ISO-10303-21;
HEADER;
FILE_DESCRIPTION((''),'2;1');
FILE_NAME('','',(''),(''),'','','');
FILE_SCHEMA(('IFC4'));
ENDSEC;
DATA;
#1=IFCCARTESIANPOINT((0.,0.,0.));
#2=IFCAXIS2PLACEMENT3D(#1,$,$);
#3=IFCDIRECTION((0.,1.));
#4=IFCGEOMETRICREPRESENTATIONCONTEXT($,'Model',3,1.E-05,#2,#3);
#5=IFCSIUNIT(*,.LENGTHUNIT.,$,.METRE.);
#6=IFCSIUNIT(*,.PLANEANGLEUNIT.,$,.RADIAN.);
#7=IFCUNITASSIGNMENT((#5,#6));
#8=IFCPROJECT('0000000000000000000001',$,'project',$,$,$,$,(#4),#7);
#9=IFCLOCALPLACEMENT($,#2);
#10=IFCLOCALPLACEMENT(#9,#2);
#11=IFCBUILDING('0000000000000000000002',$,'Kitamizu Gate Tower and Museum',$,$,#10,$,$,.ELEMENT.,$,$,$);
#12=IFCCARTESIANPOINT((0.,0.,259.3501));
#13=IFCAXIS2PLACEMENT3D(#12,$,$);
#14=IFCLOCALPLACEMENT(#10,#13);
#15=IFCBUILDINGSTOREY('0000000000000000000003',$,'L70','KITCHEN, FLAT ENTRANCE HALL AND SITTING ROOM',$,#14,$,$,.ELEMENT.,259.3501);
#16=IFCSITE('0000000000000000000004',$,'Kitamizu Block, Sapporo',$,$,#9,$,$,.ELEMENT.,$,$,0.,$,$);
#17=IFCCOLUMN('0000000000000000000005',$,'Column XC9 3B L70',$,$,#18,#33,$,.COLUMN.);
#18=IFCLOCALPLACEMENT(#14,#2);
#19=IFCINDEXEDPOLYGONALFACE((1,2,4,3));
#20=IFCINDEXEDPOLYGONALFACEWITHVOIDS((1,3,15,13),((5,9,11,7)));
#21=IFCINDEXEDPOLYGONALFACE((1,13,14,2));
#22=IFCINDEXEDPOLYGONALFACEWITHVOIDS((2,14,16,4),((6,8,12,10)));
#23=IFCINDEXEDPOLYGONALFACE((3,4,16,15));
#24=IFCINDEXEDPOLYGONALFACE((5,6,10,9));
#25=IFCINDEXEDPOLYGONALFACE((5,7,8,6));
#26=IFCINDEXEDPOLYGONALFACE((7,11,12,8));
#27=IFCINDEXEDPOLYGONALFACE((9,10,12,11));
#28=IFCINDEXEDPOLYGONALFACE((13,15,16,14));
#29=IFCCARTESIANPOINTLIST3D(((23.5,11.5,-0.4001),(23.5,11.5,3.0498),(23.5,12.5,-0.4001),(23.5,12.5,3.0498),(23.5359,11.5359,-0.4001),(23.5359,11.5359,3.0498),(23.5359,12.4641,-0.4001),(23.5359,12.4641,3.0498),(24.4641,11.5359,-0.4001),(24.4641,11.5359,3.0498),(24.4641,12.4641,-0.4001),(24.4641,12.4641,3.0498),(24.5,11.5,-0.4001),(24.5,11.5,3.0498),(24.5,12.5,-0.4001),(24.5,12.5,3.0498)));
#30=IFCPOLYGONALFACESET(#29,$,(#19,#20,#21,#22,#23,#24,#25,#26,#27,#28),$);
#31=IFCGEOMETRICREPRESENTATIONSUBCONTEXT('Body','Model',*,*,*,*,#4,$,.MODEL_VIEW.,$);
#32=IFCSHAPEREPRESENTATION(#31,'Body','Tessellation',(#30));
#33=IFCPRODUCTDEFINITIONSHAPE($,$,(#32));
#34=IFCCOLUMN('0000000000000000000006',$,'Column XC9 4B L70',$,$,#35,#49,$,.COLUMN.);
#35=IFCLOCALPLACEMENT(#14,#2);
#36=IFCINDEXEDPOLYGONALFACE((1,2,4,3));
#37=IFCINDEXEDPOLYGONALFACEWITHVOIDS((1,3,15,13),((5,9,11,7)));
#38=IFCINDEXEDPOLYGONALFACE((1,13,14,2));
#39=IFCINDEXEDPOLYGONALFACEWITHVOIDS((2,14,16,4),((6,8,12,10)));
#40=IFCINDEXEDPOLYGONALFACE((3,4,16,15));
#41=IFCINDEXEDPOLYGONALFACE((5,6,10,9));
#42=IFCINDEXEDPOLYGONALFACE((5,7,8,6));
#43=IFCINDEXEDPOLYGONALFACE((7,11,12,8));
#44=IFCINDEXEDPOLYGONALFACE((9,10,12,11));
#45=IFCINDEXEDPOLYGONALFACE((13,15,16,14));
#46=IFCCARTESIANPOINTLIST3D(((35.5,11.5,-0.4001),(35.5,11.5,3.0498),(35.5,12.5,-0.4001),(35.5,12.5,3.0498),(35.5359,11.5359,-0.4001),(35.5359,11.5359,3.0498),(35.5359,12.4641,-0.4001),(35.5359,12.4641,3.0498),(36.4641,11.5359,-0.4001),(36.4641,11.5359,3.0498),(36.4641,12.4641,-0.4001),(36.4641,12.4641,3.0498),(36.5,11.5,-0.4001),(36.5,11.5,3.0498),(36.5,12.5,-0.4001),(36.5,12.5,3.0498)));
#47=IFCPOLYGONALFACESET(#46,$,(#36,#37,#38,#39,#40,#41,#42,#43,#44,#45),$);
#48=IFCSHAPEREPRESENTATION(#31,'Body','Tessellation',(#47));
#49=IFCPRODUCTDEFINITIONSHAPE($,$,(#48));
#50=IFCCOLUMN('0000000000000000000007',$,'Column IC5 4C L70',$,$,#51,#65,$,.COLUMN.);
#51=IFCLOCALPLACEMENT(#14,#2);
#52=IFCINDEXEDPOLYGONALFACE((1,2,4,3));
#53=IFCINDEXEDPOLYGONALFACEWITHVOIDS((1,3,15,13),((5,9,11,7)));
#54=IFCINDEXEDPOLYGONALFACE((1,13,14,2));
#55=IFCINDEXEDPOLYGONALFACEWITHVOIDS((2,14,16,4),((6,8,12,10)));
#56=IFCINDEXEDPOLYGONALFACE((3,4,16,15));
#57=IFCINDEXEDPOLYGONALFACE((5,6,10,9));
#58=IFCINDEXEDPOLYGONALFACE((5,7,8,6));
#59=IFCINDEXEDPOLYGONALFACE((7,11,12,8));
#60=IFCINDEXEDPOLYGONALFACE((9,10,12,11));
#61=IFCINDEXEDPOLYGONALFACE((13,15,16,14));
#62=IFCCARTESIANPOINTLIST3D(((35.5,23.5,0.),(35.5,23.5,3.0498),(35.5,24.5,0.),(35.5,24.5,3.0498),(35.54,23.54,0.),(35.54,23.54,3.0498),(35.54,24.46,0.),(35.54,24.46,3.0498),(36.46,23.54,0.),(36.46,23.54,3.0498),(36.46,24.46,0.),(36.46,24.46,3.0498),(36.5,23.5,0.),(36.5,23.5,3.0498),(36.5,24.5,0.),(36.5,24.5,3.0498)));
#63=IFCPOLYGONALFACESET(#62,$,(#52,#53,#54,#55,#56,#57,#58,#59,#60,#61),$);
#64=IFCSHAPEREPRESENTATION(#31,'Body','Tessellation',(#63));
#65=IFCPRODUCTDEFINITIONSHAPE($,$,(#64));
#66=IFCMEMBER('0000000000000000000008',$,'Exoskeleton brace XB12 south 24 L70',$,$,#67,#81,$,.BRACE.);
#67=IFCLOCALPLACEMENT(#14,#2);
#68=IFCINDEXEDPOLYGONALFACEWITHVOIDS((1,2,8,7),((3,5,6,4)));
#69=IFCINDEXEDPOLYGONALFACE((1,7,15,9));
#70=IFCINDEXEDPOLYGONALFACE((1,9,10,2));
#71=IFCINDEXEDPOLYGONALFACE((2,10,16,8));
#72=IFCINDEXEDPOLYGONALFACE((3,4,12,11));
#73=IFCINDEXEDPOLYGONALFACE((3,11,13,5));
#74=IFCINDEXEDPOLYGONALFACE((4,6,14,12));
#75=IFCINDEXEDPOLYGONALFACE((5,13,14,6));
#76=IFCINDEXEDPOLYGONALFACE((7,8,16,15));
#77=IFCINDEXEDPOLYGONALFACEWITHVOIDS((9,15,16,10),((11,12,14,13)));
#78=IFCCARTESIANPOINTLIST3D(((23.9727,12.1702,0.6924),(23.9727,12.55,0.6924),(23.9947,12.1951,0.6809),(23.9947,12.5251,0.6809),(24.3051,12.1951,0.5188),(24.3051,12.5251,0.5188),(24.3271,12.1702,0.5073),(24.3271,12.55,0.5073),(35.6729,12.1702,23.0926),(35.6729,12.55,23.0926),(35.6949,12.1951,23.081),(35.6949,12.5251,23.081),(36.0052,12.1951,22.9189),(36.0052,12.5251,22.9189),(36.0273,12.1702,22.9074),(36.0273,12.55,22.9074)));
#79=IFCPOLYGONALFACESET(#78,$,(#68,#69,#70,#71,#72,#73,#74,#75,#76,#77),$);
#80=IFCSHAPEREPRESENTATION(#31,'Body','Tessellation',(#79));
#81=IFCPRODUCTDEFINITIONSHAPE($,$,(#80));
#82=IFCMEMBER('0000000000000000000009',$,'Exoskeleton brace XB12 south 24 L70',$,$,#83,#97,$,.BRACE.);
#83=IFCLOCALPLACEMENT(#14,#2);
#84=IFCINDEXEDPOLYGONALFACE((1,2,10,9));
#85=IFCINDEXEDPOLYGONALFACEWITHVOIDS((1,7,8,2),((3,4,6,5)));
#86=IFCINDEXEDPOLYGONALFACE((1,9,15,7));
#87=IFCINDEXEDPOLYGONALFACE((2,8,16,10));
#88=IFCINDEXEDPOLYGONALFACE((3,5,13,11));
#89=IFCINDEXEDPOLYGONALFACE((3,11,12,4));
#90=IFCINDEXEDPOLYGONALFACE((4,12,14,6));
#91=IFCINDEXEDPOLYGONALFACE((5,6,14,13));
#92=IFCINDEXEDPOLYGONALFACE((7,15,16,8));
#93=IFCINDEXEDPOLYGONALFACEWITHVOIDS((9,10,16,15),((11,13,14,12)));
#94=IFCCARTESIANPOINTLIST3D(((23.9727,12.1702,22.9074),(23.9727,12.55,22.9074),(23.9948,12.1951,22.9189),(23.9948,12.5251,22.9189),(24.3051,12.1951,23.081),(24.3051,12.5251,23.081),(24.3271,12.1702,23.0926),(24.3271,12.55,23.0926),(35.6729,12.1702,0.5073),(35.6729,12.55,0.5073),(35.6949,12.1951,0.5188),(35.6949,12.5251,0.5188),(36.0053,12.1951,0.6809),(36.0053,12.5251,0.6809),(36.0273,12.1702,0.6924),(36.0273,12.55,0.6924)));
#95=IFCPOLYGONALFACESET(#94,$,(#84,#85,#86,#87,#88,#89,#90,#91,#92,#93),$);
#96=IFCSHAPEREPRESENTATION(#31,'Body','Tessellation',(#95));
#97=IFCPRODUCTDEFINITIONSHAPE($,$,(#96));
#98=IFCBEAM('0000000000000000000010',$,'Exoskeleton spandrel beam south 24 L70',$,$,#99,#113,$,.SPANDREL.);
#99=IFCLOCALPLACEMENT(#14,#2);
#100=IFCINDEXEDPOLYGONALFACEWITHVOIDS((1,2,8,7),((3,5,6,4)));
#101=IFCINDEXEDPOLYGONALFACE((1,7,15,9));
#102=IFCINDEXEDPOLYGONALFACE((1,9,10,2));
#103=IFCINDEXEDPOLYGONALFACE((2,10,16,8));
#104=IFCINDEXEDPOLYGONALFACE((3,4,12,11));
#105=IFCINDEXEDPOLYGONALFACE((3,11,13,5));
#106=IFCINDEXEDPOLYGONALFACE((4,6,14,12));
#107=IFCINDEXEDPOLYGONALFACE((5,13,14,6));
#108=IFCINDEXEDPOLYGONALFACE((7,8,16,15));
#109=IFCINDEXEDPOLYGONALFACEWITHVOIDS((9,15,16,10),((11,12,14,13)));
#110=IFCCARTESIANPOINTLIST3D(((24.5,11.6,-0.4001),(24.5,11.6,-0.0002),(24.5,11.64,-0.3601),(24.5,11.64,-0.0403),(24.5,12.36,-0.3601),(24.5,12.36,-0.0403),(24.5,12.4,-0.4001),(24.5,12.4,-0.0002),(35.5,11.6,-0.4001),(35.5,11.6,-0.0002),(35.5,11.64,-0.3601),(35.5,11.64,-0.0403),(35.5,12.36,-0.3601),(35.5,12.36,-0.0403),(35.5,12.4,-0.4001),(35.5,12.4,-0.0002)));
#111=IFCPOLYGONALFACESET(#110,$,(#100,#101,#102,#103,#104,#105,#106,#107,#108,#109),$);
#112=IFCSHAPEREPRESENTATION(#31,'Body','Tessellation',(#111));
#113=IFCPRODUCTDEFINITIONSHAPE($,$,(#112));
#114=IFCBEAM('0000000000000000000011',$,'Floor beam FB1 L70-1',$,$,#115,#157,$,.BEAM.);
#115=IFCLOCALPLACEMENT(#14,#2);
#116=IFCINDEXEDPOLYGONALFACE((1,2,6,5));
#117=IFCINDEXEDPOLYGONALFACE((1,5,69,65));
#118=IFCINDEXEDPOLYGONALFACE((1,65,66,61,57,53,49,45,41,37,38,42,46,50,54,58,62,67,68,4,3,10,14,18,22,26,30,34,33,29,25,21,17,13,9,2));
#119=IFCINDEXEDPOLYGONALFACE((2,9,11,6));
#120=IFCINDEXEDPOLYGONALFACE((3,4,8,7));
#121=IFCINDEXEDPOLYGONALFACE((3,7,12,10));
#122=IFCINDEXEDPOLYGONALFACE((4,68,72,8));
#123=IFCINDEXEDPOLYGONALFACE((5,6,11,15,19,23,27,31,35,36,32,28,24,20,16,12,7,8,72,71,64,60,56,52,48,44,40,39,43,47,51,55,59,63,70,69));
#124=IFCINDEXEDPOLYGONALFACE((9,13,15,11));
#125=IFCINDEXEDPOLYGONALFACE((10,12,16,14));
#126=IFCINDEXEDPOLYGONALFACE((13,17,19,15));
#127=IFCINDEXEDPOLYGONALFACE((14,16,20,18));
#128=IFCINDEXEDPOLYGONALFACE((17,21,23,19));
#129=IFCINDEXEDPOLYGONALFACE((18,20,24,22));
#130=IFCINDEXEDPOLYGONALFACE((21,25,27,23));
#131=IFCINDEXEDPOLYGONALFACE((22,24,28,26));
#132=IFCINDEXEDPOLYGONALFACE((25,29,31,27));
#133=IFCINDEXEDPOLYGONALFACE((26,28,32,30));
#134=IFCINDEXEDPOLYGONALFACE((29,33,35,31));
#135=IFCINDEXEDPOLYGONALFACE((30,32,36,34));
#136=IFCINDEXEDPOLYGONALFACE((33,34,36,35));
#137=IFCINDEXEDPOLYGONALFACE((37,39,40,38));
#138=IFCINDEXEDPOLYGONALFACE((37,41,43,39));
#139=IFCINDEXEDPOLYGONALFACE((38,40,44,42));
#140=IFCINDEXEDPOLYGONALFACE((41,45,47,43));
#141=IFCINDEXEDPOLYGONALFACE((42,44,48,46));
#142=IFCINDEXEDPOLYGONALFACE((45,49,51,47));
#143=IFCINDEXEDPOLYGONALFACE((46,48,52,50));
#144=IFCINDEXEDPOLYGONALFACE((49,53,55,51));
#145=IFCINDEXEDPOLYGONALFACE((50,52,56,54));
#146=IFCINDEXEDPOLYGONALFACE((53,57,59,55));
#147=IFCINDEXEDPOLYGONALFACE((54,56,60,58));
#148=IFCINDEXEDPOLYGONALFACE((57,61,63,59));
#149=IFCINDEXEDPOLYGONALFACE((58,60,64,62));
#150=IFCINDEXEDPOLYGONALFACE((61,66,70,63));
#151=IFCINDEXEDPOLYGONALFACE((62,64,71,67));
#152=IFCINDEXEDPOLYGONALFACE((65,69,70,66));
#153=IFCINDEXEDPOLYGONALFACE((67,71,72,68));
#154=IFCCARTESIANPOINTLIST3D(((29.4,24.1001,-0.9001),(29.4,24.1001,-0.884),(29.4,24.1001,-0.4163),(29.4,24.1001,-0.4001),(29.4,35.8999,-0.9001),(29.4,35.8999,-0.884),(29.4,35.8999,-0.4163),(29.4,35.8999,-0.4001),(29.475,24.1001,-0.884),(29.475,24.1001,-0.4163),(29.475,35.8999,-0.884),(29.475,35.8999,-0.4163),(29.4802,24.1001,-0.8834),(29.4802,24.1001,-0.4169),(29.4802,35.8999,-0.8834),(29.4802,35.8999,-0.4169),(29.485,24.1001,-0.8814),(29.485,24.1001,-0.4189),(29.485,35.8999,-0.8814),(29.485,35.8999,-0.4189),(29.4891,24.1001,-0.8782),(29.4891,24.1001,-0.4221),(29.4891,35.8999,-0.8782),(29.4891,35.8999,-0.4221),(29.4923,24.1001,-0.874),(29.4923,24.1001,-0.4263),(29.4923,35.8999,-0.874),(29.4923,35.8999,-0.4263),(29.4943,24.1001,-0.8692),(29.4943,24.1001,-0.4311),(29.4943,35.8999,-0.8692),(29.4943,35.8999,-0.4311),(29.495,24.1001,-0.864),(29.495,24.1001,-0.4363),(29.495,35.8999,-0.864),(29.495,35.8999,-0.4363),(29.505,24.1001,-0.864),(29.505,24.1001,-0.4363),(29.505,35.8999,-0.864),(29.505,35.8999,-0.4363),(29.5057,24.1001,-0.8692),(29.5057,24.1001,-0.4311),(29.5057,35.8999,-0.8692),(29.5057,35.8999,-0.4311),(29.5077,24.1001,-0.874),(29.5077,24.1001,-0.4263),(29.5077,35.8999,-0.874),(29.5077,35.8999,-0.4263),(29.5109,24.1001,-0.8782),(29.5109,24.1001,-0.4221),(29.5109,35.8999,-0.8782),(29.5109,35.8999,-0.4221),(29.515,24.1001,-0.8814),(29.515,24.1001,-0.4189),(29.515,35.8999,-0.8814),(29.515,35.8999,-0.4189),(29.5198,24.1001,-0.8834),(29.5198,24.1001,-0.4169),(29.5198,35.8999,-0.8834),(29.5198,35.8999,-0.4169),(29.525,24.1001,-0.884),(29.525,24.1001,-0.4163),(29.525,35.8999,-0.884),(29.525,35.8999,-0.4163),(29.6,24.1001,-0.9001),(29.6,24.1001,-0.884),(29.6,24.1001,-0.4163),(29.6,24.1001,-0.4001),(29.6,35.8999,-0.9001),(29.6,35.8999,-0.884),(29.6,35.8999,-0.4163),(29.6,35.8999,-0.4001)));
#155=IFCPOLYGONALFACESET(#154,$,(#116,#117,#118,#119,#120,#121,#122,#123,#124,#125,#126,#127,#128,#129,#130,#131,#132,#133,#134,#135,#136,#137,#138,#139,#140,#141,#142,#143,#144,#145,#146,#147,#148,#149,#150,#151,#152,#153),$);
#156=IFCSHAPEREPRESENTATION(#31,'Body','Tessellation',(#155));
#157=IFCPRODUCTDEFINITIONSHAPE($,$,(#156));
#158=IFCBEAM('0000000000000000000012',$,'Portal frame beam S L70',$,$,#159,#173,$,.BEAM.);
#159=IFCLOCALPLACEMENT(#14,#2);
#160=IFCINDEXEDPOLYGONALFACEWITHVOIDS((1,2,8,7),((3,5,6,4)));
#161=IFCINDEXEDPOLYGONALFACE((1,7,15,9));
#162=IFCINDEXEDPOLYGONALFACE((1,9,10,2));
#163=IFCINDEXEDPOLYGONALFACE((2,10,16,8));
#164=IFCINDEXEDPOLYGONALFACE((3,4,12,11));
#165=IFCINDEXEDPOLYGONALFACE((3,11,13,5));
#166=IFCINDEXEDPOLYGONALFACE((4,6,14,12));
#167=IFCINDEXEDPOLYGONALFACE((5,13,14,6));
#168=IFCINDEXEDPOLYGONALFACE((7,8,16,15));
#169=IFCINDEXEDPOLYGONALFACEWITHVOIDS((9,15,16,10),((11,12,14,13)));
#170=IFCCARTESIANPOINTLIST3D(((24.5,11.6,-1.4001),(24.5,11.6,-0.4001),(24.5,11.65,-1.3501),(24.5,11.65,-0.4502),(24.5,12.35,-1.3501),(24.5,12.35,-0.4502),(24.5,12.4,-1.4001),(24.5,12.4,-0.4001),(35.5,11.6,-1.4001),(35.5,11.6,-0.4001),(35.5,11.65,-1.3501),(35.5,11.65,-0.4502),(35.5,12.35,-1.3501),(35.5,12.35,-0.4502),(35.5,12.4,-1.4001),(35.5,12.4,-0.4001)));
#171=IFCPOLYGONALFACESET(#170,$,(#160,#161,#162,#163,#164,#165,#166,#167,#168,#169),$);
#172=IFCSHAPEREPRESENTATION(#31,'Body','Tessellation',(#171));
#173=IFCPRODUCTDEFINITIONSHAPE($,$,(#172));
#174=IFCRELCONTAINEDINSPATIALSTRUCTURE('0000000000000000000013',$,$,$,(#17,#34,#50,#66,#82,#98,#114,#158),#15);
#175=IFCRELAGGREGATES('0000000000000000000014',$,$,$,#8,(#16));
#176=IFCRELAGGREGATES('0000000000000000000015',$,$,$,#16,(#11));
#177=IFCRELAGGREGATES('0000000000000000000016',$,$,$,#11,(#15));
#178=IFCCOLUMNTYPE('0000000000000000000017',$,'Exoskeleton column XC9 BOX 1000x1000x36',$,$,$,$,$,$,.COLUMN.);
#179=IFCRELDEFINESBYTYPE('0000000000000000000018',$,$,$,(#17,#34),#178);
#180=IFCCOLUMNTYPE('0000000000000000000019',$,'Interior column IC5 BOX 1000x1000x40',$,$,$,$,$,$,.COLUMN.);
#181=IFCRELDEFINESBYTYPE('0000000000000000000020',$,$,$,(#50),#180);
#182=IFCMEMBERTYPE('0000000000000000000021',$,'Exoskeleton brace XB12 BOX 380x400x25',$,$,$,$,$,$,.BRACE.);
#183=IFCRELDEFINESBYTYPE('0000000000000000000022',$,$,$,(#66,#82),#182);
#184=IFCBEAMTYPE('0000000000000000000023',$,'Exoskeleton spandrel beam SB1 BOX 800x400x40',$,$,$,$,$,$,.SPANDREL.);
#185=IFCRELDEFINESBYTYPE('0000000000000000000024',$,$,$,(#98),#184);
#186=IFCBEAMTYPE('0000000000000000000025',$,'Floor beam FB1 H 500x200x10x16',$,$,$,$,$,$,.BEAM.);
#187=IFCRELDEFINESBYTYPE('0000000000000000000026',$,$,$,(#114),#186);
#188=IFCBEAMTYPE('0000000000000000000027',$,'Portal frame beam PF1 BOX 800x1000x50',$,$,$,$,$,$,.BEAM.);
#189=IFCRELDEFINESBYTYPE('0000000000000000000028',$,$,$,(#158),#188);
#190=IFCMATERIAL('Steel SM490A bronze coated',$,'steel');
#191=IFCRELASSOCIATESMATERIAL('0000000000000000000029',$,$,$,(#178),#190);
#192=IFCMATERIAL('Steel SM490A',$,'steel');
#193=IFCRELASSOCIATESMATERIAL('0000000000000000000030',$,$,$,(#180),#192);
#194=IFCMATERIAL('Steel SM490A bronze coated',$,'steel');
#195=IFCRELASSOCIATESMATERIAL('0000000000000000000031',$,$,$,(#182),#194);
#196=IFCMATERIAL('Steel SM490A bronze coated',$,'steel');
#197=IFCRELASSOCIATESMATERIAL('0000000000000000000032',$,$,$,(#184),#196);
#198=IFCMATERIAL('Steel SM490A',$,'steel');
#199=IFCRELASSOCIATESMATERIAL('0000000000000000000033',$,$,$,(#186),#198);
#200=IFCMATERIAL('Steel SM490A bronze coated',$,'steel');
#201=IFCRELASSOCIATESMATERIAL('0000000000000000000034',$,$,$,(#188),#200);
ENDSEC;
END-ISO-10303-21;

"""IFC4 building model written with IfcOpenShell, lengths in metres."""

from ifc_helpers import new_model, si_unit, direction, frame, origin, origin_2d, place, context, subcontext, project, spatial, hollow_rectangle, i_section, extrude, material, material_profile, profile_set, type_object, element, save


model = new_model("IFC4")

# Units and contexts
model_context = context("Model", 3, precision=1e-05, world=origin(), true_north=direction((0.0, 1.0)))
body_context = subcontext(model_context, "Body", "Model", "MODEL_VIEW")
ifc_project = project(units=[si_unit("LENGTHUNIT", "METRE"), si_unit("PLANEANGLEUNIT", "RADIAN")], contexts=[model_context])

# Site, building, storey
site_placement = place(None, origin())
site = spatial("IfcSite", under=ifc_project, at=site_placement, Name="Kitamizu Block, Sapporo", CompositionType="ELEMENT", RefElevation=0.0)
building_placement = place(site_placement, origin())
building = spatial("IfcBuilding", under=site, at=building_placement, Name="Kitamizu Gate Tower and Museum", CompositionType="ELEMENT")
storey_placement = place(building_placement, frame((0.0, 0.0, 259.3501)))
storey = spatial("IfcBuildingStorey", under=building, at=storey_placement, Name="L70", Description="KITCHEN, FLAT ENTRANCE HALL AND SITTING ROOM", CompositionType="ELEMENT", Elevation=259.3501)

# Columns
ifc_material_1 = material(Name="Steel SM490A bronze coated", Category="steel")
ifc_material_profile_1 = material_profile(ifc_material_1, hollow_rectangle(XDim=1.0, YDim=1.0, WallThickness=0.0359, at=origin_2d()), Name="BOX 1000x1000x36")
ifc_profile_set_1 = profile_set([ifc_material_profile_1], Name="Steel SM490A bronze coated")
column_type_1 = type_object("IfcColumnType", Name="Exoskeleton column XC9 BOX 1000x1000x36", PredefinedType="COLUMN", material=ifc_profile_set_1)
for number, where, z_axis, x_axis, name in (
    (1, (24.0, 12.0, -0.4001), (0.0, 0.0, 1.0), (1.0, 0.0, 0.0), "Column XC9 3B L70"),
    (2, (36.0, 12.0, -0.4001), (0.0, 0.0, 1.0), (1.0, 0.0, 0.0), "Column XC9 4B L70"),
):
    element("IfcColumn", number, at=place(storey_placement, frame(where, z_axis=z_axis, x_axis=x_axis)), inside=storey, type_object=column_type_1, Name=name, PredefinedType="COLUMN", context=body_context, shape_type="SweptSolid", body=[
        extrude(hollow_rectangle(XDim=1.0, YDim=1.0, WallThickness=0.0359, at=origin_2d()), origin(), (0.0, 0.0, 1.0), 3.45),
    ])
ifc_material_2 = material(Name="Steel SM490A", Category="steel")
ifc_material_profile_2 = material_profile(ifc_material_2, hollow_rectangle(XDim=1.0, YDim=1.0, WallThickness=0.04, at=origin_2d()), Name="BOX 1000x1000x40")
ifc_profile_set_2 = profile_set([ifc_material_profile_2], Name="Steel SM490A")
column_type_2 = type_object("IfcColumnType", Name="Interior column IC5 BOX 1000x1000x40", PredefinedType="COLUMN", material=ifc_profile_set_2)
column_placement = place(storey_placement, frame((36.0, 24.0, 0.0), z_axis=(0.0, 0.0, 1.0), x_axis=(1.0, 0.0, 0.0)))
element("IfcColumn", 3, at=column_placement, inside=storey, type_object=column_type_2, Name="Column IC5 4C L70", PredefinedType="COLUMN", context=body_context, shape_type="SweptSolid", body=[
    extrude(hollow_rectangle(XDim=1.0, YDim=1.0, WallThickness=0.04, at=origin_2d()), origin(), (0.0, 0.0, 1.0), 3.0498),
])

# Members
ifc_material_3 = material(Name="Steel SM490A bronze coated", Category="steel")
ifc_material_profile_3 = material_profile(ifc_material_3, hollow_rectangle(XDim=0.3799, YDim=0.3999, WallThickness=0.0249, at=origin_2d()), Name="BOX 380x400x25")
ifc_profile_set_3 = profile_set([ifc_material_profile_3], Name="Steel SM490A bronze coated")
member_type = type_object("IfcMemberType", Name="Exoskeleton brace XB12 BOX 380x400x25", PredefinedType="BRACE", material=ifc_profile_set_3)
for number, where, z_axis, x_axis, name in (
    (4, (24.1499, 12.3601, 0.5999), (0.462975, 0.0, 0.886371), (0.0, 1.0, 0.0), "Exoskeleton brace XB12 south 24 L70"),
    (5, (35.8501, 12.3601, 0.5999), (-0.462975, 0.0, 0.886371), (0.0, -1.0, 0.0), "Exoskeleton brace XB12 south 24 L70"),
):
    element("IfcMember", number, at=place(storey_placement, frame(where, z_axis=z_axis, x_axis=x_axis)), inside=storey, type_object=member_type, Name=name, PredefinedType="BRACE", context=body_context, shape_type="SweptSolid", body=[
        extrude(hollow_rectangle(XDim=0.3799, YDim=0.3999, WallThickness=0.0249, at=origin_2d()), origin(), (0.0, 0.0, 1.0), 25.2717),
    ])

# Beams
ifc_material_4 = material(Name="Steel SM490A bronze coated", Category="steel")
ifc_material_profile_4 = material_profile(ifc_material_4, hollow_rectangle(XDim=0.8, YDim=0.3999, WallThickness=0.04, at=origin_2d()), Name="BOX 800x400x40")
ifc_profile_set_4 = profile_set([ifc_material_profile_4], Name="Steel SM490A bronze coated")
beam_type_1 = type_object("IfcBeamType", Name="Exoskeleton spandrel beam SB1 BOX 800x400x40", PredefinedType="SPANDREL", material=ifc_profile_set_4)
beam_1_placement = place(storey_placement, frame((24.5, 12.0, -0.2002), z_axis=(1.0, 0.0, 0.0), x_axis=(0.0, 1.0, 0.0)))
element("IfcBeam", 6, at=beam_1_placement, inside=storey, type_object=beam_type_1, Name="Exoskeleton spandrel beam south 24 L70", PredefinedType="SPANDREL", context=body_context, shape_type="SweptSolid", body=[
    extrude(hollow_rectangle(XDim=0.8, YDim=0.3999, WallThickness=0.04, at=origin_2d()), origin(), (0.0, 0.0, 1.0), 11.0),
])
ifc_material_5 = material(Name="Steel SM490A", Category="steel")
ifc_material_profile_5 = material_profile(ifc_material_5, i_section(OverallWidth=0.2, OverallDepth=0.5, WebThickness=0.01, FlangeThickness=0.0161, FilletRadius=0.02, at=origin_2d()), Name="H-500x200x10x16")
ifc_profile_set_5 = profile_set([ifc_material_profile_5], Name="Steel SM490A")
beam_type_2 = type_object("IfcBeamType", Name="Floor beam FB1 H 500x200x10x16", PredefinedType="BEAM", material=ifc_profile_set_5)
beam_2_placement = place(storey_placement, frame((29.5, 24.1001, -0.6501), z_axis=(0.0, 1.0, 0.0), x_axis=(-1.0, 0.0, 0.0)))
element("IfcBeam", 7, at=beam_2_placement, inside=storey, type_object=beam_type_2, Name="Floor beam FB1 L70-1", PredefinedType="BEAM", context=body_context, shape_type="SweptSolid", body=[
    extrude(i_section(OverallWidth=0.2, OverallDepth=0.5, WebThickness=0.01, FlangeThickness=0.0161, FilletRadius=0.02, at=origin_2d()), origin(), (0.0, 0.0, 1.0), 11.7998),
])
ifc_material_6 = material(Name="Steel SM490A bronze coated", Category="steel")
ifc_material_profile_6 = material_profile(ifc_material_6, hollow_rectangle(XDim=0.8, YDim=1.0, WallThickness=0.05, at=origin_2d()), Name="BOX 800x1000x50")
ifc_profile_set_6 = profile_set([ifc_material_profile_6], Name="Steel SM490A bronze coated")
beam_type_3 = type_object("IfcBeamType", Name="Portal frame beam PF1 BOX 800x1000x50", PredefinedType="BEAM", material=ifc_profile_set_6)
beam_3_placement = place(storey_placement, frame((24.5, 12.0, -0.9001), z_axis=(1.0, 0.0, 0.0), x_axis=(0.0, 1.0, 0.0)))
element("IfcBeam", 8, at=beam_3_placement, inside=storey, type_object=beam_type_3, Name="Portal frame beam S L70", PredefinedType="BEAM", context=body_context, shape_type="SweptSolid", body=[
    extrude(hollow_rectangle(XDim=0.8, YDim=1.0, WallThickness=0.05, at=origin_2d()), origin(), (0.0, 0.0, 1.0), 11.0),
])

save(model, "model.ifc")
